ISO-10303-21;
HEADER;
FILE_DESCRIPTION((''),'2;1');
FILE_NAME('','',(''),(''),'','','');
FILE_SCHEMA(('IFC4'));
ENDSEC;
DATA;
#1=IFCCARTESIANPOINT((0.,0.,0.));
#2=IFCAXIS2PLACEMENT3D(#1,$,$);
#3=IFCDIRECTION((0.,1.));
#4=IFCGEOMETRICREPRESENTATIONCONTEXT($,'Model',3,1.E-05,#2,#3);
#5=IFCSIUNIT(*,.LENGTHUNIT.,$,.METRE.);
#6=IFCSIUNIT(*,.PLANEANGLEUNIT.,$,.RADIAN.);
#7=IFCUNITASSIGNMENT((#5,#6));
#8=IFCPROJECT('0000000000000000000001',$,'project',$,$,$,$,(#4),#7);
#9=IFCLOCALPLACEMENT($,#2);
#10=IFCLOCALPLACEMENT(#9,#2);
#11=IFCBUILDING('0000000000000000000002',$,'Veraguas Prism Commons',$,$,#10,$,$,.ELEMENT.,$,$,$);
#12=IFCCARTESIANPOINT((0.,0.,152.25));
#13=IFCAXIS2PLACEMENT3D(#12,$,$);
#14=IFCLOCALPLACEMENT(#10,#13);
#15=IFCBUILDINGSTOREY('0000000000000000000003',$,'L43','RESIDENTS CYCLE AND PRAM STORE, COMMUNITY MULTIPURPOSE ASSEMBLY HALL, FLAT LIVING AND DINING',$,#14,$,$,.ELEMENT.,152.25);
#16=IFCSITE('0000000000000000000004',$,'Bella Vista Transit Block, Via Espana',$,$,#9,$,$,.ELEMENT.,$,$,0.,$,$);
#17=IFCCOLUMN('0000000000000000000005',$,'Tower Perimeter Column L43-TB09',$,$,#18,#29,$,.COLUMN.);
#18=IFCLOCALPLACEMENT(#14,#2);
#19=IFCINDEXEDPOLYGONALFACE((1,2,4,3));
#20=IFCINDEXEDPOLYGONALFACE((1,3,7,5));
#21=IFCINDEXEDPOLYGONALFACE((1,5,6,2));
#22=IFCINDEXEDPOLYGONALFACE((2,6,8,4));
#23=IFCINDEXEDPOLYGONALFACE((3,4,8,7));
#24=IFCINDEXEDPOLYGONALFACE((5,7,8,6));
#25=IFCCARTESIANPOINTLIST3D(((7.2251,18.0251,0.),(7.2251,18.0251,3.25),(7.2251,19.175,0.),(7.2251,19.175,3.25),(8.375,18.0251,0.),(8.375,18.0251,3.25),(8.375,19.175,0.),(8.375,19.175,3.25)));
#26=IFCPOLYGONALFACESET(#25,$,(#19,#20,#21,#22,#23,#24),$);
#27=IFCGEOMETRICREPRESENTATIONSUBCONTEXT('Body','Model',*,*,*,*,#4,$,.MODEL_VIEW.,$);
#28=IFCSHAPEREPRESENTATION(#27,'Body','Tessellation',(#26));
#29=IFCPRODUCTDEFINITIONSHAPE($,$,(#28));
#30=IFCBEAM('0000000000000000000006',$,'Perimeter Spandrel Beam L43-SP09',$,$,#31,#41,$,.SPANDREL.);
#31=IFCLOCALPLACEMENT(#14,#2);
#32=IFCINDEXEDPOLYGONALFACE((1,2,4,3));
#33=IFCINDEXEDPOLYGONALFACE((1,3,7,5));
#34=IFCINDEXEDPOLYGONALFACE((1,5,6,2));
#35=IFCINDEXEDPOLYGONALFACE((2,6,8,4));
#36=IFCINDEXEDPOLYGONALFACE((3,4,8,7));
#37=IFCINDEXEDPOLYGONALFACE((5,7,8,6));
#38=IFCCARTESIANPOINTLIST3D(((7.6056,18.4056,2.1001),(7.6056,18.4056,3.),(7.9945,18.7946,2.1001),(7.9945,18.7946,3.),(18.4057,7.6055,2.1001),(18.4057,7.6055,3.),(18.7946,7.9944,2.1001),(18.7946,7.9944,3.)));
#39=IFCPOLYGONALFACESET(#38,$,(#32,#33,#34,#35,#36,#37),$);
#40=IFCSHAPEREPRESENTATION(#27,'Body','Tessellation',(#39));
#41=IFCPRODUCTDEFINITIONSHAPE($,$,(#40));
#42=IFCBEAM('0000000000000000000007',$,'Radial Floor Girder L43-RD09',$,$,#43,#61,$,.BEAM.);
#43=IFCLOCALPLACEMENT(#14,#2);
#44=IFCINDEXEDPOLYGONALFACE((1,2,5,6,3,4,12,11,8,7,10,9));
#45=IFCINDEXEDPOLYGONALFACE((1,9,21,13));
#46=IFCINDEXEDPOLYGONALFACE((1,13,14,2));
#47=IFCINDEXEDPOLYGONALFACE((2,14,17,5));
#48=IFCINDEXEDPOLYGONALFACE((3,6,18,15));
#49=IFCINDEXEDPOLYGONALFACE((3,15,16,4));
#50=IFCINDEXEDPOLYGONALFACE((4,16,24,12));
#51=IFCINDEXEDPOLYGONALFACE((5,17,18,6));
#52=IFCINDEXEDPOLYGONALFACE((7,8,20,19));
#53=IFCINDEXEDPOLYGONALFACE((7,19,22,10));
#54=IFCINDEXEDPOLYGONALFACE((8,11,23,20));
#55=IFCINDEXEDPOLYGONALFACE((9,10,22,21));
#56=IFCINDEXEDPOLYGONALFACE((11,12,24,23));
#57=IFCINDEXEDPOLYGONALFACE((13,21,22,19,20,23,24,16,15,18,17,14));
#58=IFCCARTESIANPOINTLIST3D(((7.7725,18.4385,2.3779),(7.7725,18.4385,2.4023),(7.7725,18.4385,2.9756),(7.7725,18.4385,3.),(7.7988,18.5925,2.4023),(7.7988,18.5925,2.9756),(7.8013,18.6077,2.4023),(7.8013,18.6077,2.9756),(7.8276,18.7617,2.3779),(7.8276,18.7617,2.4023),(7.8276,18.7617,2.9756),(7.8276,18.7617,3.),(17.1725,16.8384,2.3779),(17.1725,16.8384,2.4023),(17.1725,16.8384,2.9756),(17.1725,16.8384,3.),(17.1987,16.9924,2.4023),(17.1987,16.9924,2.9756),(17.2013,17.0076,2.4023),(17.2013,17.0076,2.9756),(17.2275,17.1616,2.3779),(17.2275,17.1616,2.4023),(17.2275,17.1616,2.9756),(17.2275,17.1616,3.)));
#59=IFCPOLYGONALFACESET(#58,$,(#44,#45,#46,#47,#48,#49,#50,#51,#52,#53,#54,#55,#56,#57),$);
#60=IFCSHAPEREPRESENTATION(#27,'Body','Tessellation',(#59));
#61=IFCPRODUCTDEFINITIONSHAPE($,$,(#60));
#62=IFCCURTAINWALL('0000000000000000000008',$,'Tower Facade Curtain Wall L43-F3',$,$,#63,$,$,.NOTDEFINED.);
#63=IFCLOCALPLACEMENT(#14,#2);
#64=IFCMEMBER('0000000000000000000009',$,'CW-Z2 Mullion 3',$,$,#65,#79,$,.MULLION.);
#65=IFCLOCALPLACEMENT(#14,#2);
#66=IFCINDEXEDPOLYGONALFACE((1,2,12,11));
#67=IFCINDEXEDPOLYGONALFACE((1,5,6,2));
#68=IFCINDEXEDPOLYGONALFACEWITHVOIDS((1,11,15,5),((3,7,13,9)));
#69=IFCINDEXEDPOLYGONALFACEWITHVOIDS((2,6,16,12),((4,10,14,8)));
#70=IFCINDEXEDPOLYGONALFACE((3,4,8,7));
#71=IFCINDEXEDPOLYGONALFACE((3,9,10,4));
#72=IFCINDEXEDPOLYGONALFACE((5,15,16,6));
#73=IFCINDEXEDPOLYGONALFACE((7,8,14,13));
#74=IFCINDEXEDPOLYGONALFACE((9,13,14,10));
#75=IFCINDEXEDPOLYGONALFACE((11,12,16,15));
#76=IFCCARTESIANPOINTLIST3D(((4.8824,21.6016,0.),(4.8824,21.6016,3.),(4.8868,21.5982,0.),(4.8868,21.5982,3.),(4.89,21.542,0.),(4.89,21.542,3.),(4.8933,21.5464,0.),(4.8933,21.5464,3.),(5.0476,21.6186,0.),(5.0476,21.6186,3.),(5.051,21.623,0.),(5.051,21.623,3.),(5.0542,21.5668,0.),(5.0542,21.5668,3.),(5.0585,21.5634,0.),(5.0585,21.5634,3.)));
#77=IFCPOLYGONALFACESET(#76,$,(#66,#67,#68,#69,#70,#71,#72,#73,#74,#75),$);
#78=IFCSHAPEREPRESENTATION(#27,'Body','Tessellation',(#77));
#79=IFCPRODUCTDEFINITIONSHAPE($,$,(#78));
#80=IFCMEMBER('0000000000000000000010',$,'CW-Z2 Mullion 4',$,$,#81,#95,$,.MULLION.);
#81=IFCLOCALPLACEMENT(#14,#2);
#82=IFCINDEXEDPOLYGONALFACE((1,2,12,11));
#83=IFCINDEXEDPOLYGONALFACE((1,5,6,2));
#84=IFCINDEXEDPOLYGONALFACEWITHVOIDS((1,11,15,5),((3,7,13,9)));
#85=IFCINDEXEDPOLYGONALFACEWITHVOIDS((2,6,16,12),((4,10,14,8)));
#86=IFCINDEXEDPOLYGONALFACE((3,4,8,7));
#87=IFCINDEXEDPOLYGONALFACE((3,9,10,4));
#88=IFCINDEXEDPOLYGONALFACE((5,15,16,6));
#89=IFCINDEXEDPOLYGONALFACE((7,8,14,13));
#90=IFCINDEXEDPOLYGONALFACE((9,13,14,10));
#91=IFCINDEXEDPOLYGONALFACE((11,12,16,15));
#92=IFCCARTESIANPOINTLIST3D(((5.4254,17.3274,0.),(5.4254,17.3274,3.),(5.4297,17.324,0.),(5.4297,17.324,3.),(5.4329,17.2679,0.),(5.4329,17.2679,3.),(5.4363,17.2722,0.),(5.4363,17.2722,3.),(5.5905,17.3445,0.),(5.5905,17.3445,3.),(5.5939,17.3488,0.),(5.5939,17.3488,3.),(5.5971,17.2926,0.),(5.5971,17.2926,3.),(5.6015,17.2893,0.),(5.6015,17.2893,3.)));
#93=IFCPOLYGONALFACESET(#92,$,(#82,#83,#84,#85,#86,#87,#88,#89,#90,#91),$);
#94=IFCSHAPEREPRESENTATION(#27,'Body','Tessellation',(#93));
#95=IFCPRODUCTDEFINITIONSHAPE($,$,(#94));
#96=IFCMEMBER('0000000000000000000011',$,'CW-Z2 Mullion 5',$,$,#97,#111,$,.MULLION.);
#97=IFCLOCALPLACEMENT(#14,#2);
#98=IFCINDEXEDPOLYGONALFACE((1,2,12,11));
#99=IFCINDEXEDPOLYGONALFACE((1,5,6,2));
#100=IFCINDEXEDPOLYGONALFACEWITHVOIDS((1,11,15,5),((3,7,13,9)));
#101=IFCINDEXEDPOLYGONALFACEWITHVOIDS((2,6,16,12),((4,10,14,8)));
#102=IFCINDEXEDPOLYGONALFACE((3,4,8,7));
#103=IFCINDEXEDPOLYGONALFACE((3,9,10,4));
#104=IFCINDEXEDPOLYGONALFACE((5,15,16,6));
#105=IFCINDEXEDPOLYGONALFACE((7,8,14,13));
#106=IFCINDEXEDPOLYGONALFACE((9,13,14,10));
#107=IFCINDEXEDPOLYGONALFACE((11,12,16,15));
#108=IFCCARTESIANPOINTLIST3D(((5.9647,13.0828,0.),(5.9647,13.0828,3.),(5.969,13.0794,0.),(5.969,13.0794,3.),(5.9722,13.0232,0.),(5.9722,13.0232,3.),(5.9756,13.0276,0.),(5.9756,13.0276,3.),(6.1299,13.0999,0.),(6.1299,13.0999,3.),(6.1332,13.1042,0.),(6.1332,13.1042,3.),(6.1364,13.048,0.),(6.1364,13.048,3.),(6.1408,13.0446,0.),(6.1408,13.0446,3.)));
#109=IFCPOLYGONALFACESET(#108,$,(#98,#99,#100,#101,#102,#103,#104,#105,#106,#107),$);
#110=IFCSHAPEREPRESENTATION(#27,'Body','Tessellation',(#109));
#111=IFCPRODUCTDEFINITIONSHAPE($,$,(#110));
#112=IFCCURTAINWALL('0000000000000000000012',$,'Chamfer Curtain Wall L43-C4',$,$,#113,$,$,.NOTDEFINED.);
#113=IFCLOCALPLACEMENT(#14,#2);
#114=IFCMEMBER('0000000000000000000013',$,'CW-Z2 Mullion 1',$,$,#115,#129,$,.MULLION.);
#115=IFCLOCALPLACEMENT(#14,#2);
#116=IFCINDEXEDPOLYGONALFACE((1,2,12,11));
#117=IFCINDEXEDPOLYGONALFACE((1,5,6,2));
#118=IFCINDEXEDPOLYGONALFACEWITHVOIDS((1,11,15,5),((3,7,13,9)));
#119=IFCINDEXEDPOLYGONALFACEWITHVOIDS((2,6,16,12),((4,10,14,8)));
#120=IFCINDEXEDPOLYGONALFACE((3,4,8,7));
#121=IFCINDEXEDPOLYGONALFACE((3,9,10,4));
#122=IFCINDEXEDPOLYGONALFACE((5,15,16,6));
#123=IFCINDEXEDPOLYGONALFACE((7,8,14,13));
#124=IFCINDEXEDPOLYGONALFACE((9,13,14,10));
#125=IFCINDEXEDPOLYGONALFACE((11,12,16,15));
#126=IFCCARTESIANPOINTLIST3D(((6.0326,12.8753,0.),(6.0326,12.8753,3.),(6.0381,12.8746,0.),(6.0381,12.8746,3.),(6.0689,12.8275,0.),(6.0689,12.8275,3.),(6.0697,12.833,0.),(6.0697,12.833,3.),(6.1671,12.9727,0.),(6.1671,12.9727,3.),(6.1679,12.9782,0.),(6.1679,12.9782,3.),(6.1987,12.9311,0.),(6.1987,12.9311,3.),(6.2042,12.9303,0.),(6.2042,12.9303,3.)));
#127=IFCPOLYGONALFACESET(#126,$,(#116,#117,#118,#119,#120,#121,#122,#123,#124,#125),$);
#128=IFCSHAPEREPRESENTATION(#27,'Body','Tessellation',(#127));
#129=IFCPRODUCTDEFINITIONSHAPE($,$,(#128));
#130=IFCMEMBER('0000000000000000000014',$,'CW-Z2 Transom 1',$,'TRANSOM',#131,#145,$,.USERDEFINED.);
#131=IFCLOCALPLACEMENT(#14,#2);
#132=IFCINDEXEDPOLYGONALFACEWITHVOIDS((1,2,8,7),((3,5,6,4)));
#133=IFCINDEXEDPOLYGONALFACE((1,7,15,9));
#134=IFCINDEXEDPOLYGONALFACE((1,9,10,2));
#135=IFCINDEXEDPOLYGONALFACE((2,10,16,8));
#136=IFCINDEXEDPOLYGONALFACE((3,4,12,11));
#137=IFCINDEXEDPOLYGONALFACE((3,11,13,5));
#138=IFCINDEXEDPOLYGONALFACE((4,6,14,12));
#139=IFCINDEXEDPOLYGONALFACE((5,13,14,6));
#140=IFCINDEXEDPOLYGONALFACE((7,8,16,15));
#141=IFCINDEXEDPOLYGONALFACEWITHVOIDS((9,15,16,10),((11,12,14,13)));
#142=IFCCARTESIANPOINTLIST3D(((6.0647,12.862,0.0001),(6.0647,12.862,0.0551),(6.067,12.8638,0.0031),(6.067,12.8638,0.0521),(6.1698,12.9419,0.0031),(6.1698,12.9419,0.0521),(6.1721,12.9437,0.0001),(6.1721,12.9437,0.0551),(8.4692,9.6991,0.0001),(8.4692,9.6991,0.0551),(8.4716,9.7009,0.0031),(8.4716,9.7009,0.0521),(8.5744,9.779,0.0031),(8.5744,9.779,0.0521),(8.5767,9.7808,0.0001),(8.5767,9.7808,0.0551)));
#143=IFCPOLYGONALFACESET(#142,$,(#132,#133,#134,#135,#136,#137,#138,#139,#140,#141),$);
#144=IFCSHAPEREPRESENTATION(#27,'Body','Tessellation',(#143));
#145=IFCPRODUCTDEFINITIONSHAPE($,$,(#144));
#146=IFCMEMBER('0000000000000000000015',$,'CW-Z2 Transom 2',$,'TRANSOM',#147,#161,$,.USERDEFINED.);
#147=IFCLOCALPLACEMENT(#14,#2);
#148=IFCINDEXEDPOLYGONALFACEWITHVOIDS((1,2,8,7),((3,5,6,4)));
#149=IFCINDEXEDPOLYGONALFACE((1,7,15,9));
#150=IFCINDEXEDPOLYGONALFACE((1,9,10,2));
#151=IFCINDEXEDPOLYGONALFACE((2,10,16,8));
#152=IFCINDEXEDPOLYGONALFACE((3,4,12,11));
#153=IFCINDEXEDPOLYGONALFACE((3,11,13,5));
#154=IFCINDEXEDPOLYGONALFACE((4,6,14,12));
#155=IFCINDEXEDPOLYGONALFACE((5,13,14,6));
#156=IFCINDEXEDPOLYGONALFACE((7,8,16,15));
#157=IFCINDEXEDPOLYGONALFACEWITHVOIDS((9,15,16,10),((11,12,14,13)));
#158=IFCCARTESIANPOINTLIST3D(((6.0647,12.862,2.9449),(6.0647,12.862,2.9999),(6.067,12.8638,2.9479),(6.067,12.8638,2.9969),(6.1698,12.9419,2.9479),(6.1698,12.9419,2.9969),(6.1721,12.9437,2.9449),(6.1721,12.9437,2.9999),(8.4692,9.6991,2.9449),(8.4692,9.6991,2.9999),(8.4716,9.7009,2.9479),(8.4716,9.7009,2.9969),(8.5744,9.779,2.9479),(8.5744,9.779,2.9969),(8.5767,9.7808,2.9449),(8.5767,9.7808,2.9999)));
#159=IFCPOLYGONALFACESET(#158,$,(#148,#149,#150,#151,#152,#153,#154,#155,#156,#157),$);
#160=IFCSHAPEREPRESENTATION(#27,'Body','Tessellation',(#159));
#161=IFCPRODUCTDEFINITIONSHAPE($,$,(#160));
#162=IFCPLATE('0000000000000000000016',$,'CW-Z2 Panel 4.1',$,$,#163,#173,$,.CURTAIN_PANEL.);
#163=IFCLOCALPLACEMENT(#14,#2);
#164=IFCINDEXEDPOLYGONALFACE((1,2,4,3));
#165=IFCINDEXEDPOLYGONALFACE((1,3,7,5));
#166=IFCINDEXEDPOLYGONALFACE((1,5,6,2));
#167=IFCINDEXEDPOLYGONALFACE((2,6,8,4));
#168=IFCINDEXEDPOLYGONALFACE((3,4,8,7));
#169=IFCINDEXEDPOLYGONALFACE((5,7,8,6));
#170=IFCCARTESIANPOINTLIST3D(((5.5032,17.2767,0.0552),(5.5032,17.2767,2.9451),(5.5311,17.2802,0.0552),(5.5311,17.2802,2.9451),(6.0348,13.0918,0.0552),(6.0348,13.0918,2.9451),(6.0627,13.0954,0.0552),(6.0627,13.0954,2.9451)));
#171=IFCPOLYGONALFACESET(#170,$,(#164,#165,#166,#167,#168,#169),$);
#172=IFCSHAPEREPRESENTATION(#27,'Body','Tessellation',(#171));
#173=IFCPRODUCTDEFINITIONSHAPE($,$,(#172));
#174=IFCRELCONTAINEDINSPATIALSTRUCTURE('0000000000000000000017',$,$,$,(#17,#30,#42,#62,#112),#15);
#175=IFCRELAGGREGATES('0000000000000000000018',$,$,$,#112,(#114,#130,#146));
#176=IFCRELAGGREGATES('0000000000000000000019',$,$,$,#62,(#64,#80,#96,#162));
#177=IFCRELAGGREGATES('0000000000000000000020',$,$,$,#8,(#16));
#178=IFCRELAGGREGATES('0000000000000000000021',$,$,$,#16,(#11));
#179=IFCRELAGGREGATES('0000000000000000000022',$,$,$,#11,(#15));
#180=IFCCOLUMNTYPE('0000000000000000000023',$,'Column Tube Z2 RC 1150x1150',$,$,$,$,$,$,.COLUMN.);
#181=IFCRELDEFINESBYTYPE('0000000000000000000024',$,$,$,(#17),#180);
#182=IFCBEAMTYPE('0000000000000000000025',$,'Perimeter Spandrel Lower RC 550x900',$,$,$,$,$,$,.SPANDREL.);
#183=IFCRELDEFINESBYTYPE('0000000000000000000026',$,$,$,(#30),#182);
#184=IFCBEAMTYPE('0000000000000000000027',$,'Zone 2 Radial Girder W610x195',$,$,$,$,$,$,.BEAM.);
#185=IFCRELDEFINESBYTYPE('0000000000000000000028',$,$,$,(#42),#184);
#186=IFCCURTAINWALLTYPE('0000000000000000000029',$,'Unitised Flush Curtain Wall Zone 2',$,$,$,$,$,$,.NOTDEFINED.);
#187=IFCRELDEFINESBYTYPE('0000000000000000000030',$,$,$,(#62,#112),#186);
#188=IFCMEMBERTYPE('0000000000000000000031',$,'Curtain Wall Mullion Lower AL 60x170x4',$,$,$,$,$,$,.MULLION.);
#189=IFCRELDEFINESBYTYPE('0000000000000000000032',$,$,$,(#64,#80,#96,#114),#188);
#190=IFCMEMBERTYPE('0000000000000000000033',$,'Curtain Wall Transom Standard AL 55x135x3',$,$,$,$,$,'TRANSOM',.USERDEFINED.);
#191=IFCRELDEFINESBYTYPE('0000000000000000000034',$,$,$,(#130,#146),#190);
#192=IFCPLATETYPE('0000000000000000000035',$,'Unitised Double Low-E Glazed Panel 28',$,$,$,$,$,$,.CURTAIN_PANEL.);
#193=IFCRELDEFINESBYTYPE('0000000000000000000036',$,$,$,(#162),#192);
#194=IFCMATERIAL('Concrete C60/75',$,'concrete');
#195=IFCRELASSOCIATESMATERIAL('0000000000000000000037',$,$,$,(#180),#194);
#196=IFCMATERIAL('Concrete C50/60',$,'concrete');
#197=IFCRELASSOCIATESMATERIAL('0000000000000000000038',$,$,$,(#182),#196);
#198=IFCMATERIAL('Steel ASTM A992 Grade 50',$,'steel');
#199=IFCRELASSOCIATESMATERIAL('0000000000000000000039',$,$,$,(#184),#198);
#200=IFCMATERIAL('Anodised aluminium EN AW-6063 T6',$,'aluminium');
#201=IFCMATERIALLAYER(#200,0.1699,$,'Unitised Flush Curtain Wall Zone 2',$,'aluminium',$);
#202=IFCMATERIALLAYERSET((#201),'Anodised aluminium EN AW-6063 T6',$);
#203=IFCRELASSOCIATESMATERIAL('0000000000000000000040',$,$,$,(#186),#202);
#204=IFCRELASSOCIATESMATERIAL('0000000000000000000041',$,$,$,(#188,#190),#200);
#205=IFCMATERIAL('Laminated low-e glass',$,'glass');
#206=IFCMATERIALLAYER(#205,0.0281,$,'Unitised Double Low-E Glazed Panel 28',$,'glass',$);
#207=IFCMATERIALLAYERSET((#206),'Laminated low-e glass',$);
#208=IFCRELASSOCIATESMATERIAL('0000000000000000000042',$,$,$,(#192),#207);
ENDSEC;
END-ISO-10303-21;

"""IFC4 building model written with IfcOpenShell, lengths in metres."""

from ifc_helpers import new_model, si_unit, direction, frame, origin, origin_2d, place, context, subcontext, project, spatial, rectangle, hollow_rectangle, i_section, extrude, source, transform, mapped, material, layer, layer_set, material_profile, profile_set, type_object, element, aggregate, save


model = new_model("IFC4")

# Units and contexts
model_context = context("Model", 3, precision=1e-05, world=origin(), true_north=direction((0.0, 1.0)))
body_context = subcontext(model_context, "Body", "Model", "MODEL_VIEW")
ifc_project = project(units=[si_unit("LENGTHUNIT", "METRE"), si_unit("PLANEANGLEUNIT", "RADIAN")], contexts=[model_context])

# Site, building, storey
site_placement = place(None, origin())
site = spatial("IfcSite", under=ifc_project, at=site_placement, Name="Bella Vista Transit Block, Via Espana", CompositionType="ELEMENT", RefElevation=0.0)
building_placement = place(site_placement, origin())
building = spatial("IfcBuilding", under=site, at=building_placement, Name="Veraguas Prism Commons", CompositionType="ELEMENT")
storey_placement = place(building_placement, frame((0.0, 0.0, 152.25)))
storey = spatial("IfcBuildingStorey", under=building, at=storey_placement, Name="L43", Description="RESIDENTS CYCLE AND PRAM STORE, COMMUNITY MULTIPURPOSE ASSEMBLY HALL, FLAT LIVING AND DINING", CompositionType="ELEMENT", Elevation=152.25)

# Column
ifc_material_1 = material(Name="Concrete C60/75", Category="concrete")
ifc_material_profile_1 = material_profile(ifc_material_1, rectangle(XDim=1.1499, YDim=1.1499, at=origin_2d()), Name="RC1150X1150")
ifc_profile_set_1 = profile_set([ifc_material_profile_1], Name="Concrete C60/75")
column_type = type_object("IfcColumnType", Name="Column Tube Z2 RC 1150x1150", PredefinedType="COLUMN", material=ifc_profile_set_1)
column_placement = place(storey_placement, frame((7.8, 18.6001, 0.0), z_axis=(0.0, 0.0, 1.0), x_axis=(1.0, 0.0, 0.0)))
element("IfcColumn", 1, at=column_placement, inside=storey, type_object=column_type, Name="Tower Perimeter Column L43-TB09", PredefinedType="COLUMN", context=body_context, shape_type="SweptSolid", body=[
    extrude(rectangle(XDim=1.1499, YDim=1.1499, at=origin_2d()), origin(), (0.0, 0.0, 1.0), 3.25),
])

# Beams
ifc_material_2 = material(Name="Concrete C50/60", Category="concrete")
ifc_material_profile_2 = material_profile(ifc_material_2, rectangle(XDim=0.55, YDim=0.8999, at=origin_2d()), Name="RC550X900")
ifc_profile_set_2 = profile_set([ifc_material_profile_2], Name="Concrete C50/60")
beam_type_1 = type_object("IfcBeamType", Name="Perimeter Spandrel Lower RC 550x900", PredefinedType="SPANDREL", material=ifc_profile_set_2)
beam_1_placement = place(storey_placement, frame((7.8, 18.6001, 2.55), z_axis=(0.707107, -0.707107, 0.0), x_axis=(0.707107, 0.707107, 0.0)))
element("IfcBeam", 2, at=beam_1_placement, inside=storey, type_object=beam_type_1, Name="Perimeter Spandrel Beam L43-SP09", PredefinedType="SPANDREL", context=body_context, shape_type="SweptSolid", body=[
    extrude(rectangle(XDim=0.55, YDim=0.8999, at=origin_2d()), origin(), (0.0, 0.0, 1.0), 15.2737),
])
ifc_material_3 = material(Name="Steel ASTM A992 Grade 50", Category="steel")
ifc_material_profile_3 = material_profile(ifc_material_3, i_section(OverallWidth=0.3279, OverallDepth=0.6221, WebThickness=0.0154, FlangeThickness=0.0244, at=origin_2d()), Name="W610X195")
ifc_profile_set_3 = profile_set([ifc_material_profile_3], Name="Steel ASTM A992 Grade 50")
beam_type_2 = type_object("IfcBeamType", Name="Zone 2 Radial Girder W610x195", PredefinedType="BEAM", material=ifc_profile_set_3)
beam_2_placement = place(storey_placement, frame((7.8, 18.6001, 2.689), z_axis=(0.985819, -0.167811, 0.0), x_axis=(0.167811, 0.985819, 0.0)))
element("IfcBeam", 3, at=beam_2_placement, inside=storey, type_object=beam_type_2, Name="Radial Floor Girder L43-RD09", PredefinedType="BEAM", context=body_context, shape_type="SweptSolid", body=[
    extrude(i_section(OverallWidth=0.3279, OverallDepth=0.6221, WebThickness=0.0154, FlangeThickness=0.0244, at=origin_2d()), origin(), (0.0, 0.0, 1.0), 9.5352),
])

# Curtain walls, members
ifc_material_4 = material(Name="Anodised aluminium EN AW-6063 T6", Category="aluminium")
ifc_layer_1 = layer(ifc_material_4, 0.1699, Name="Unitised Flush Curtain Wall Zone 2", Category="aluminium")
ifc_layer_set_1 = layer_set([ifc_layer_1], Name="Anodised aluminium EN AW-6063 T6")
curtain_wall_type = type_object("IfcCurtainWallType", Name="Unitised Flush Curtain Wall Zone 2", PredefinedType="NOTDEFINED", material=ifc_layer_set_1)
curtain_wall_1_placement = place(storey_placement, origin())
curtain_wall_1 = element("IfcCurtainWall", 4, at=curtain_wall_1_placement, inside=storey, type_object=curtain_wall_type, Name="Tower Facade Curtain Wall L43-F3", PredefinedType="NOTDEFINED")
ifc_material_profile_4 = material_profile(ifc_material_4, hollow_rectangle(XDim=0.0601, YDim=0.1699, WallThickness=0.0039, at=origin_2d()), Name="AL60X170X4")
ifc_profile_set_4 = profile_set([ifc_material_profile_4], Name="Anodised aluminium EN AW-6063 T6")
member_type_1 = type_object("IfcMemberType", Name="Curtain Wall Mullion Lower AL 60x170x4", PredefinedType="MULLION", material=ifc_profile_set_4)
shared_shape_1 = source(origin(), body_context, "Body", "SweptSolid", [
    extrude(hollow_rectangle(XDim=0.0601, YDim=0.1699, WallThickness=0.0039, at=origin_2d()), origin(), (0.0, 0.0, 1.0), 3.0),
])
member_1_placement = place(storey_placement, frame((4.9705, 21.5825, 0.0), z_axis=(0.0, 0.0, 1.0), x_axis=(0.126021, -0.992028, 0.0)))
member_1 = element("IfcMember", 5, at=member_1_placement, type_object=member_type_1, Name="CW-Z2 Mullion 3", PredefinedType="MULLION", context=body_context, shape_type="MappedRepresentation", body=[
    mapped(shared_shape_1, transform((0.0, 0.0, 0.0), scale=1.0)),
])
member_2_placement = place(storey_placement, frame((5.5134, 17.3083, 0.0), z_axis=(0.0, 0.0, 1.0), x_axis=(0.126021, -0.992028, 0.0)))
member_2 = element("IfcMember", 6, at=member_2_placement, type_object=member_type_1, Name="CW-Z2 Mullion 4", PredefinedType="MULLION", context=body_context, shape_type="MappedRepresentation", body=[
    mapped(shared_shape_1, transform((0.0, 0.0, 0.0), scale=1.0)),
])
member_3_placement = place(storey_placement, frame((6.0527, 13.0637, 0.0), z_axis=(0.0, 0.0, 1.0), x_axis=(0.126021, -0.992028, 0.0)))
member_3 = element("IfcMember", 7, at=member_3_placement, type_object=member_type_1, Name="CW-Z2 Mullion 5", PredefinedType="MULLION", context=body_context, shape_type="MappedRepresentation", body=[
    mapped(shared_shape_1, transform((0.0, 0.0, 0.0), scale=1.0)),
])
curtain_wall_2_placement = place(storey_placement, origin())
curtain_wall_2 = element("IfcCurtainWall", 8, at=curtain_wall_2_placement, inside=storey, type_object=curtain_wall_type, Name="Chamfer Curtain Wall L43-C4", PredefinedType="NOTDEFINED")
member_4_placement = place(storey_placement, frame((6.1184, 12.9028, 0.0), z_axis=(0.0, 0.0, 1.0), x_axis=(0.605173, -0.796094, 0.0)))
member_4 = element("IfcMember", 9, at=member_4_placement, type_object=member_type_1, Name="CW-Z2 Mullion 1", PredefinedType="MULLION", context=body_context, shape_type="MappedRepresentation", body=[
    mapped(shared_shape_1, transform((0.0, 0.0, 0.0), scale=1.0)),
])
ifc_material_profile_5 = material_profile(ifc_material_4, hollow_rectangle(XDim=0.0549, YDim=0.135, WallThickness=0.0029, at=origin_2d()), Name="AL55X135X3")
ifc_profile_set_5 = profile_set([ifc_material_profile_5], Name="Anodised aluminium EN AW-6063 T6")
member_type_2 = type_object("IfcMemberType", Name="Curtain Wall Transom Standard AL 55x135x3", ElementType="TRANSOM", PredefinedType="USERDEFINED", material=ifc_profile_set_5)
shared_shape_2 = source(origin(), body_context, "Body", "SweptSolid", [
    extrude(hollow_rectangle(XDim=0.0549, YDim=0.135, WallThickness=0.0029, at=origin_2d()), origin(), (0.0, 0.0, 1.0), 3.9731),
])
member_5_placement = place(storey_placement, frame((6.1184, 12.9028, 0.0276), z_axis=(0.605208, -0.796067, 0.0), x_axis=(0.0, 0.0, 1.0)))
member_5 = element("IfcMember", 10, at=member_5_placement, type_object=member_type_2, Name="CW-Z2 Transom 1", ObjectType="TRANSOM", PredefinedType="USERDEFINED", context=body_context, shape_type="MappedRepresentation", body=[
    mapped(shared_shape_2, transform((0.0, 0.0, 0.0), scale=1.0)),
])
member_6_placement = place(storey_placement, frame((6.1184, 12.9028, 2.9724), z_axis=(0.605208, -0.796067, 0.0), x_axis=(0.0, 0.0, 1.0)))
member_6 = element("IfcMember", 11, at=member_6_placement, type_object=member_type_2, Name="CW-Z2 Transom 2", ObjectType="TRANSOM", PredefinedType="USERDEFINED", context=body_context, shape_type="MappedRepresentation", body=[
    mapped(shared_shape_2, transform((0.0, 0.0, 0.0), scale=1.0)),
])
aggregate(curtain_wall_2, [member_4, member_5, member_6])

# Plate
ifc_material_5 = material(Name="Laminated low-e glass", Category="glass")
ifc_layer_2 = layer(ifc_material_5, 0.0281, Name="Unitised Double Low-E Glazed Panel 28", Category="glass")
ifc_layer_set_2 = layer_set([ifc_layer_2], Name="Laminated low-e glass")
plate_type = type_object("IfcPlateType", Name="Unitised Double Low-E Glazed Panel 28", PredefinedType="CURTAIN_PANEL", material=ifc_layer_set_2)
shared_shape_3 = source(origin(), body_context, "Body", "SweptSolid", [
    extrude(rectangle(XDim=4.2185, YDim=0.0281, at=origin_2d()), origin(), (0.0, 0.0, 1.0), 2.8899),
])
plate_1_placement = place(storey_placement, frame((5.783, 15.186, 0.0552), z_axis=(0.0, 0.0, 1.0), x_axis=(0.126021, -0.992028, 0.0)))
plate_1 = element("IfcPlate", 12, at=plate_1_placement, type_object=plate_type, Name="CW-Z2 Panel 4.1", PredefinedType="CURTAIN_PANEL", context=body_context, shape_type="MappedRepresentation", body=[
    mapped(shared_shape_3, transform((0.0, 0.0, 0.0), scale=1.0)),
])
aggregate(curtain_wall_1, [member_1, member_2, member_3, plate_1])

save(model, "model.ifc")
